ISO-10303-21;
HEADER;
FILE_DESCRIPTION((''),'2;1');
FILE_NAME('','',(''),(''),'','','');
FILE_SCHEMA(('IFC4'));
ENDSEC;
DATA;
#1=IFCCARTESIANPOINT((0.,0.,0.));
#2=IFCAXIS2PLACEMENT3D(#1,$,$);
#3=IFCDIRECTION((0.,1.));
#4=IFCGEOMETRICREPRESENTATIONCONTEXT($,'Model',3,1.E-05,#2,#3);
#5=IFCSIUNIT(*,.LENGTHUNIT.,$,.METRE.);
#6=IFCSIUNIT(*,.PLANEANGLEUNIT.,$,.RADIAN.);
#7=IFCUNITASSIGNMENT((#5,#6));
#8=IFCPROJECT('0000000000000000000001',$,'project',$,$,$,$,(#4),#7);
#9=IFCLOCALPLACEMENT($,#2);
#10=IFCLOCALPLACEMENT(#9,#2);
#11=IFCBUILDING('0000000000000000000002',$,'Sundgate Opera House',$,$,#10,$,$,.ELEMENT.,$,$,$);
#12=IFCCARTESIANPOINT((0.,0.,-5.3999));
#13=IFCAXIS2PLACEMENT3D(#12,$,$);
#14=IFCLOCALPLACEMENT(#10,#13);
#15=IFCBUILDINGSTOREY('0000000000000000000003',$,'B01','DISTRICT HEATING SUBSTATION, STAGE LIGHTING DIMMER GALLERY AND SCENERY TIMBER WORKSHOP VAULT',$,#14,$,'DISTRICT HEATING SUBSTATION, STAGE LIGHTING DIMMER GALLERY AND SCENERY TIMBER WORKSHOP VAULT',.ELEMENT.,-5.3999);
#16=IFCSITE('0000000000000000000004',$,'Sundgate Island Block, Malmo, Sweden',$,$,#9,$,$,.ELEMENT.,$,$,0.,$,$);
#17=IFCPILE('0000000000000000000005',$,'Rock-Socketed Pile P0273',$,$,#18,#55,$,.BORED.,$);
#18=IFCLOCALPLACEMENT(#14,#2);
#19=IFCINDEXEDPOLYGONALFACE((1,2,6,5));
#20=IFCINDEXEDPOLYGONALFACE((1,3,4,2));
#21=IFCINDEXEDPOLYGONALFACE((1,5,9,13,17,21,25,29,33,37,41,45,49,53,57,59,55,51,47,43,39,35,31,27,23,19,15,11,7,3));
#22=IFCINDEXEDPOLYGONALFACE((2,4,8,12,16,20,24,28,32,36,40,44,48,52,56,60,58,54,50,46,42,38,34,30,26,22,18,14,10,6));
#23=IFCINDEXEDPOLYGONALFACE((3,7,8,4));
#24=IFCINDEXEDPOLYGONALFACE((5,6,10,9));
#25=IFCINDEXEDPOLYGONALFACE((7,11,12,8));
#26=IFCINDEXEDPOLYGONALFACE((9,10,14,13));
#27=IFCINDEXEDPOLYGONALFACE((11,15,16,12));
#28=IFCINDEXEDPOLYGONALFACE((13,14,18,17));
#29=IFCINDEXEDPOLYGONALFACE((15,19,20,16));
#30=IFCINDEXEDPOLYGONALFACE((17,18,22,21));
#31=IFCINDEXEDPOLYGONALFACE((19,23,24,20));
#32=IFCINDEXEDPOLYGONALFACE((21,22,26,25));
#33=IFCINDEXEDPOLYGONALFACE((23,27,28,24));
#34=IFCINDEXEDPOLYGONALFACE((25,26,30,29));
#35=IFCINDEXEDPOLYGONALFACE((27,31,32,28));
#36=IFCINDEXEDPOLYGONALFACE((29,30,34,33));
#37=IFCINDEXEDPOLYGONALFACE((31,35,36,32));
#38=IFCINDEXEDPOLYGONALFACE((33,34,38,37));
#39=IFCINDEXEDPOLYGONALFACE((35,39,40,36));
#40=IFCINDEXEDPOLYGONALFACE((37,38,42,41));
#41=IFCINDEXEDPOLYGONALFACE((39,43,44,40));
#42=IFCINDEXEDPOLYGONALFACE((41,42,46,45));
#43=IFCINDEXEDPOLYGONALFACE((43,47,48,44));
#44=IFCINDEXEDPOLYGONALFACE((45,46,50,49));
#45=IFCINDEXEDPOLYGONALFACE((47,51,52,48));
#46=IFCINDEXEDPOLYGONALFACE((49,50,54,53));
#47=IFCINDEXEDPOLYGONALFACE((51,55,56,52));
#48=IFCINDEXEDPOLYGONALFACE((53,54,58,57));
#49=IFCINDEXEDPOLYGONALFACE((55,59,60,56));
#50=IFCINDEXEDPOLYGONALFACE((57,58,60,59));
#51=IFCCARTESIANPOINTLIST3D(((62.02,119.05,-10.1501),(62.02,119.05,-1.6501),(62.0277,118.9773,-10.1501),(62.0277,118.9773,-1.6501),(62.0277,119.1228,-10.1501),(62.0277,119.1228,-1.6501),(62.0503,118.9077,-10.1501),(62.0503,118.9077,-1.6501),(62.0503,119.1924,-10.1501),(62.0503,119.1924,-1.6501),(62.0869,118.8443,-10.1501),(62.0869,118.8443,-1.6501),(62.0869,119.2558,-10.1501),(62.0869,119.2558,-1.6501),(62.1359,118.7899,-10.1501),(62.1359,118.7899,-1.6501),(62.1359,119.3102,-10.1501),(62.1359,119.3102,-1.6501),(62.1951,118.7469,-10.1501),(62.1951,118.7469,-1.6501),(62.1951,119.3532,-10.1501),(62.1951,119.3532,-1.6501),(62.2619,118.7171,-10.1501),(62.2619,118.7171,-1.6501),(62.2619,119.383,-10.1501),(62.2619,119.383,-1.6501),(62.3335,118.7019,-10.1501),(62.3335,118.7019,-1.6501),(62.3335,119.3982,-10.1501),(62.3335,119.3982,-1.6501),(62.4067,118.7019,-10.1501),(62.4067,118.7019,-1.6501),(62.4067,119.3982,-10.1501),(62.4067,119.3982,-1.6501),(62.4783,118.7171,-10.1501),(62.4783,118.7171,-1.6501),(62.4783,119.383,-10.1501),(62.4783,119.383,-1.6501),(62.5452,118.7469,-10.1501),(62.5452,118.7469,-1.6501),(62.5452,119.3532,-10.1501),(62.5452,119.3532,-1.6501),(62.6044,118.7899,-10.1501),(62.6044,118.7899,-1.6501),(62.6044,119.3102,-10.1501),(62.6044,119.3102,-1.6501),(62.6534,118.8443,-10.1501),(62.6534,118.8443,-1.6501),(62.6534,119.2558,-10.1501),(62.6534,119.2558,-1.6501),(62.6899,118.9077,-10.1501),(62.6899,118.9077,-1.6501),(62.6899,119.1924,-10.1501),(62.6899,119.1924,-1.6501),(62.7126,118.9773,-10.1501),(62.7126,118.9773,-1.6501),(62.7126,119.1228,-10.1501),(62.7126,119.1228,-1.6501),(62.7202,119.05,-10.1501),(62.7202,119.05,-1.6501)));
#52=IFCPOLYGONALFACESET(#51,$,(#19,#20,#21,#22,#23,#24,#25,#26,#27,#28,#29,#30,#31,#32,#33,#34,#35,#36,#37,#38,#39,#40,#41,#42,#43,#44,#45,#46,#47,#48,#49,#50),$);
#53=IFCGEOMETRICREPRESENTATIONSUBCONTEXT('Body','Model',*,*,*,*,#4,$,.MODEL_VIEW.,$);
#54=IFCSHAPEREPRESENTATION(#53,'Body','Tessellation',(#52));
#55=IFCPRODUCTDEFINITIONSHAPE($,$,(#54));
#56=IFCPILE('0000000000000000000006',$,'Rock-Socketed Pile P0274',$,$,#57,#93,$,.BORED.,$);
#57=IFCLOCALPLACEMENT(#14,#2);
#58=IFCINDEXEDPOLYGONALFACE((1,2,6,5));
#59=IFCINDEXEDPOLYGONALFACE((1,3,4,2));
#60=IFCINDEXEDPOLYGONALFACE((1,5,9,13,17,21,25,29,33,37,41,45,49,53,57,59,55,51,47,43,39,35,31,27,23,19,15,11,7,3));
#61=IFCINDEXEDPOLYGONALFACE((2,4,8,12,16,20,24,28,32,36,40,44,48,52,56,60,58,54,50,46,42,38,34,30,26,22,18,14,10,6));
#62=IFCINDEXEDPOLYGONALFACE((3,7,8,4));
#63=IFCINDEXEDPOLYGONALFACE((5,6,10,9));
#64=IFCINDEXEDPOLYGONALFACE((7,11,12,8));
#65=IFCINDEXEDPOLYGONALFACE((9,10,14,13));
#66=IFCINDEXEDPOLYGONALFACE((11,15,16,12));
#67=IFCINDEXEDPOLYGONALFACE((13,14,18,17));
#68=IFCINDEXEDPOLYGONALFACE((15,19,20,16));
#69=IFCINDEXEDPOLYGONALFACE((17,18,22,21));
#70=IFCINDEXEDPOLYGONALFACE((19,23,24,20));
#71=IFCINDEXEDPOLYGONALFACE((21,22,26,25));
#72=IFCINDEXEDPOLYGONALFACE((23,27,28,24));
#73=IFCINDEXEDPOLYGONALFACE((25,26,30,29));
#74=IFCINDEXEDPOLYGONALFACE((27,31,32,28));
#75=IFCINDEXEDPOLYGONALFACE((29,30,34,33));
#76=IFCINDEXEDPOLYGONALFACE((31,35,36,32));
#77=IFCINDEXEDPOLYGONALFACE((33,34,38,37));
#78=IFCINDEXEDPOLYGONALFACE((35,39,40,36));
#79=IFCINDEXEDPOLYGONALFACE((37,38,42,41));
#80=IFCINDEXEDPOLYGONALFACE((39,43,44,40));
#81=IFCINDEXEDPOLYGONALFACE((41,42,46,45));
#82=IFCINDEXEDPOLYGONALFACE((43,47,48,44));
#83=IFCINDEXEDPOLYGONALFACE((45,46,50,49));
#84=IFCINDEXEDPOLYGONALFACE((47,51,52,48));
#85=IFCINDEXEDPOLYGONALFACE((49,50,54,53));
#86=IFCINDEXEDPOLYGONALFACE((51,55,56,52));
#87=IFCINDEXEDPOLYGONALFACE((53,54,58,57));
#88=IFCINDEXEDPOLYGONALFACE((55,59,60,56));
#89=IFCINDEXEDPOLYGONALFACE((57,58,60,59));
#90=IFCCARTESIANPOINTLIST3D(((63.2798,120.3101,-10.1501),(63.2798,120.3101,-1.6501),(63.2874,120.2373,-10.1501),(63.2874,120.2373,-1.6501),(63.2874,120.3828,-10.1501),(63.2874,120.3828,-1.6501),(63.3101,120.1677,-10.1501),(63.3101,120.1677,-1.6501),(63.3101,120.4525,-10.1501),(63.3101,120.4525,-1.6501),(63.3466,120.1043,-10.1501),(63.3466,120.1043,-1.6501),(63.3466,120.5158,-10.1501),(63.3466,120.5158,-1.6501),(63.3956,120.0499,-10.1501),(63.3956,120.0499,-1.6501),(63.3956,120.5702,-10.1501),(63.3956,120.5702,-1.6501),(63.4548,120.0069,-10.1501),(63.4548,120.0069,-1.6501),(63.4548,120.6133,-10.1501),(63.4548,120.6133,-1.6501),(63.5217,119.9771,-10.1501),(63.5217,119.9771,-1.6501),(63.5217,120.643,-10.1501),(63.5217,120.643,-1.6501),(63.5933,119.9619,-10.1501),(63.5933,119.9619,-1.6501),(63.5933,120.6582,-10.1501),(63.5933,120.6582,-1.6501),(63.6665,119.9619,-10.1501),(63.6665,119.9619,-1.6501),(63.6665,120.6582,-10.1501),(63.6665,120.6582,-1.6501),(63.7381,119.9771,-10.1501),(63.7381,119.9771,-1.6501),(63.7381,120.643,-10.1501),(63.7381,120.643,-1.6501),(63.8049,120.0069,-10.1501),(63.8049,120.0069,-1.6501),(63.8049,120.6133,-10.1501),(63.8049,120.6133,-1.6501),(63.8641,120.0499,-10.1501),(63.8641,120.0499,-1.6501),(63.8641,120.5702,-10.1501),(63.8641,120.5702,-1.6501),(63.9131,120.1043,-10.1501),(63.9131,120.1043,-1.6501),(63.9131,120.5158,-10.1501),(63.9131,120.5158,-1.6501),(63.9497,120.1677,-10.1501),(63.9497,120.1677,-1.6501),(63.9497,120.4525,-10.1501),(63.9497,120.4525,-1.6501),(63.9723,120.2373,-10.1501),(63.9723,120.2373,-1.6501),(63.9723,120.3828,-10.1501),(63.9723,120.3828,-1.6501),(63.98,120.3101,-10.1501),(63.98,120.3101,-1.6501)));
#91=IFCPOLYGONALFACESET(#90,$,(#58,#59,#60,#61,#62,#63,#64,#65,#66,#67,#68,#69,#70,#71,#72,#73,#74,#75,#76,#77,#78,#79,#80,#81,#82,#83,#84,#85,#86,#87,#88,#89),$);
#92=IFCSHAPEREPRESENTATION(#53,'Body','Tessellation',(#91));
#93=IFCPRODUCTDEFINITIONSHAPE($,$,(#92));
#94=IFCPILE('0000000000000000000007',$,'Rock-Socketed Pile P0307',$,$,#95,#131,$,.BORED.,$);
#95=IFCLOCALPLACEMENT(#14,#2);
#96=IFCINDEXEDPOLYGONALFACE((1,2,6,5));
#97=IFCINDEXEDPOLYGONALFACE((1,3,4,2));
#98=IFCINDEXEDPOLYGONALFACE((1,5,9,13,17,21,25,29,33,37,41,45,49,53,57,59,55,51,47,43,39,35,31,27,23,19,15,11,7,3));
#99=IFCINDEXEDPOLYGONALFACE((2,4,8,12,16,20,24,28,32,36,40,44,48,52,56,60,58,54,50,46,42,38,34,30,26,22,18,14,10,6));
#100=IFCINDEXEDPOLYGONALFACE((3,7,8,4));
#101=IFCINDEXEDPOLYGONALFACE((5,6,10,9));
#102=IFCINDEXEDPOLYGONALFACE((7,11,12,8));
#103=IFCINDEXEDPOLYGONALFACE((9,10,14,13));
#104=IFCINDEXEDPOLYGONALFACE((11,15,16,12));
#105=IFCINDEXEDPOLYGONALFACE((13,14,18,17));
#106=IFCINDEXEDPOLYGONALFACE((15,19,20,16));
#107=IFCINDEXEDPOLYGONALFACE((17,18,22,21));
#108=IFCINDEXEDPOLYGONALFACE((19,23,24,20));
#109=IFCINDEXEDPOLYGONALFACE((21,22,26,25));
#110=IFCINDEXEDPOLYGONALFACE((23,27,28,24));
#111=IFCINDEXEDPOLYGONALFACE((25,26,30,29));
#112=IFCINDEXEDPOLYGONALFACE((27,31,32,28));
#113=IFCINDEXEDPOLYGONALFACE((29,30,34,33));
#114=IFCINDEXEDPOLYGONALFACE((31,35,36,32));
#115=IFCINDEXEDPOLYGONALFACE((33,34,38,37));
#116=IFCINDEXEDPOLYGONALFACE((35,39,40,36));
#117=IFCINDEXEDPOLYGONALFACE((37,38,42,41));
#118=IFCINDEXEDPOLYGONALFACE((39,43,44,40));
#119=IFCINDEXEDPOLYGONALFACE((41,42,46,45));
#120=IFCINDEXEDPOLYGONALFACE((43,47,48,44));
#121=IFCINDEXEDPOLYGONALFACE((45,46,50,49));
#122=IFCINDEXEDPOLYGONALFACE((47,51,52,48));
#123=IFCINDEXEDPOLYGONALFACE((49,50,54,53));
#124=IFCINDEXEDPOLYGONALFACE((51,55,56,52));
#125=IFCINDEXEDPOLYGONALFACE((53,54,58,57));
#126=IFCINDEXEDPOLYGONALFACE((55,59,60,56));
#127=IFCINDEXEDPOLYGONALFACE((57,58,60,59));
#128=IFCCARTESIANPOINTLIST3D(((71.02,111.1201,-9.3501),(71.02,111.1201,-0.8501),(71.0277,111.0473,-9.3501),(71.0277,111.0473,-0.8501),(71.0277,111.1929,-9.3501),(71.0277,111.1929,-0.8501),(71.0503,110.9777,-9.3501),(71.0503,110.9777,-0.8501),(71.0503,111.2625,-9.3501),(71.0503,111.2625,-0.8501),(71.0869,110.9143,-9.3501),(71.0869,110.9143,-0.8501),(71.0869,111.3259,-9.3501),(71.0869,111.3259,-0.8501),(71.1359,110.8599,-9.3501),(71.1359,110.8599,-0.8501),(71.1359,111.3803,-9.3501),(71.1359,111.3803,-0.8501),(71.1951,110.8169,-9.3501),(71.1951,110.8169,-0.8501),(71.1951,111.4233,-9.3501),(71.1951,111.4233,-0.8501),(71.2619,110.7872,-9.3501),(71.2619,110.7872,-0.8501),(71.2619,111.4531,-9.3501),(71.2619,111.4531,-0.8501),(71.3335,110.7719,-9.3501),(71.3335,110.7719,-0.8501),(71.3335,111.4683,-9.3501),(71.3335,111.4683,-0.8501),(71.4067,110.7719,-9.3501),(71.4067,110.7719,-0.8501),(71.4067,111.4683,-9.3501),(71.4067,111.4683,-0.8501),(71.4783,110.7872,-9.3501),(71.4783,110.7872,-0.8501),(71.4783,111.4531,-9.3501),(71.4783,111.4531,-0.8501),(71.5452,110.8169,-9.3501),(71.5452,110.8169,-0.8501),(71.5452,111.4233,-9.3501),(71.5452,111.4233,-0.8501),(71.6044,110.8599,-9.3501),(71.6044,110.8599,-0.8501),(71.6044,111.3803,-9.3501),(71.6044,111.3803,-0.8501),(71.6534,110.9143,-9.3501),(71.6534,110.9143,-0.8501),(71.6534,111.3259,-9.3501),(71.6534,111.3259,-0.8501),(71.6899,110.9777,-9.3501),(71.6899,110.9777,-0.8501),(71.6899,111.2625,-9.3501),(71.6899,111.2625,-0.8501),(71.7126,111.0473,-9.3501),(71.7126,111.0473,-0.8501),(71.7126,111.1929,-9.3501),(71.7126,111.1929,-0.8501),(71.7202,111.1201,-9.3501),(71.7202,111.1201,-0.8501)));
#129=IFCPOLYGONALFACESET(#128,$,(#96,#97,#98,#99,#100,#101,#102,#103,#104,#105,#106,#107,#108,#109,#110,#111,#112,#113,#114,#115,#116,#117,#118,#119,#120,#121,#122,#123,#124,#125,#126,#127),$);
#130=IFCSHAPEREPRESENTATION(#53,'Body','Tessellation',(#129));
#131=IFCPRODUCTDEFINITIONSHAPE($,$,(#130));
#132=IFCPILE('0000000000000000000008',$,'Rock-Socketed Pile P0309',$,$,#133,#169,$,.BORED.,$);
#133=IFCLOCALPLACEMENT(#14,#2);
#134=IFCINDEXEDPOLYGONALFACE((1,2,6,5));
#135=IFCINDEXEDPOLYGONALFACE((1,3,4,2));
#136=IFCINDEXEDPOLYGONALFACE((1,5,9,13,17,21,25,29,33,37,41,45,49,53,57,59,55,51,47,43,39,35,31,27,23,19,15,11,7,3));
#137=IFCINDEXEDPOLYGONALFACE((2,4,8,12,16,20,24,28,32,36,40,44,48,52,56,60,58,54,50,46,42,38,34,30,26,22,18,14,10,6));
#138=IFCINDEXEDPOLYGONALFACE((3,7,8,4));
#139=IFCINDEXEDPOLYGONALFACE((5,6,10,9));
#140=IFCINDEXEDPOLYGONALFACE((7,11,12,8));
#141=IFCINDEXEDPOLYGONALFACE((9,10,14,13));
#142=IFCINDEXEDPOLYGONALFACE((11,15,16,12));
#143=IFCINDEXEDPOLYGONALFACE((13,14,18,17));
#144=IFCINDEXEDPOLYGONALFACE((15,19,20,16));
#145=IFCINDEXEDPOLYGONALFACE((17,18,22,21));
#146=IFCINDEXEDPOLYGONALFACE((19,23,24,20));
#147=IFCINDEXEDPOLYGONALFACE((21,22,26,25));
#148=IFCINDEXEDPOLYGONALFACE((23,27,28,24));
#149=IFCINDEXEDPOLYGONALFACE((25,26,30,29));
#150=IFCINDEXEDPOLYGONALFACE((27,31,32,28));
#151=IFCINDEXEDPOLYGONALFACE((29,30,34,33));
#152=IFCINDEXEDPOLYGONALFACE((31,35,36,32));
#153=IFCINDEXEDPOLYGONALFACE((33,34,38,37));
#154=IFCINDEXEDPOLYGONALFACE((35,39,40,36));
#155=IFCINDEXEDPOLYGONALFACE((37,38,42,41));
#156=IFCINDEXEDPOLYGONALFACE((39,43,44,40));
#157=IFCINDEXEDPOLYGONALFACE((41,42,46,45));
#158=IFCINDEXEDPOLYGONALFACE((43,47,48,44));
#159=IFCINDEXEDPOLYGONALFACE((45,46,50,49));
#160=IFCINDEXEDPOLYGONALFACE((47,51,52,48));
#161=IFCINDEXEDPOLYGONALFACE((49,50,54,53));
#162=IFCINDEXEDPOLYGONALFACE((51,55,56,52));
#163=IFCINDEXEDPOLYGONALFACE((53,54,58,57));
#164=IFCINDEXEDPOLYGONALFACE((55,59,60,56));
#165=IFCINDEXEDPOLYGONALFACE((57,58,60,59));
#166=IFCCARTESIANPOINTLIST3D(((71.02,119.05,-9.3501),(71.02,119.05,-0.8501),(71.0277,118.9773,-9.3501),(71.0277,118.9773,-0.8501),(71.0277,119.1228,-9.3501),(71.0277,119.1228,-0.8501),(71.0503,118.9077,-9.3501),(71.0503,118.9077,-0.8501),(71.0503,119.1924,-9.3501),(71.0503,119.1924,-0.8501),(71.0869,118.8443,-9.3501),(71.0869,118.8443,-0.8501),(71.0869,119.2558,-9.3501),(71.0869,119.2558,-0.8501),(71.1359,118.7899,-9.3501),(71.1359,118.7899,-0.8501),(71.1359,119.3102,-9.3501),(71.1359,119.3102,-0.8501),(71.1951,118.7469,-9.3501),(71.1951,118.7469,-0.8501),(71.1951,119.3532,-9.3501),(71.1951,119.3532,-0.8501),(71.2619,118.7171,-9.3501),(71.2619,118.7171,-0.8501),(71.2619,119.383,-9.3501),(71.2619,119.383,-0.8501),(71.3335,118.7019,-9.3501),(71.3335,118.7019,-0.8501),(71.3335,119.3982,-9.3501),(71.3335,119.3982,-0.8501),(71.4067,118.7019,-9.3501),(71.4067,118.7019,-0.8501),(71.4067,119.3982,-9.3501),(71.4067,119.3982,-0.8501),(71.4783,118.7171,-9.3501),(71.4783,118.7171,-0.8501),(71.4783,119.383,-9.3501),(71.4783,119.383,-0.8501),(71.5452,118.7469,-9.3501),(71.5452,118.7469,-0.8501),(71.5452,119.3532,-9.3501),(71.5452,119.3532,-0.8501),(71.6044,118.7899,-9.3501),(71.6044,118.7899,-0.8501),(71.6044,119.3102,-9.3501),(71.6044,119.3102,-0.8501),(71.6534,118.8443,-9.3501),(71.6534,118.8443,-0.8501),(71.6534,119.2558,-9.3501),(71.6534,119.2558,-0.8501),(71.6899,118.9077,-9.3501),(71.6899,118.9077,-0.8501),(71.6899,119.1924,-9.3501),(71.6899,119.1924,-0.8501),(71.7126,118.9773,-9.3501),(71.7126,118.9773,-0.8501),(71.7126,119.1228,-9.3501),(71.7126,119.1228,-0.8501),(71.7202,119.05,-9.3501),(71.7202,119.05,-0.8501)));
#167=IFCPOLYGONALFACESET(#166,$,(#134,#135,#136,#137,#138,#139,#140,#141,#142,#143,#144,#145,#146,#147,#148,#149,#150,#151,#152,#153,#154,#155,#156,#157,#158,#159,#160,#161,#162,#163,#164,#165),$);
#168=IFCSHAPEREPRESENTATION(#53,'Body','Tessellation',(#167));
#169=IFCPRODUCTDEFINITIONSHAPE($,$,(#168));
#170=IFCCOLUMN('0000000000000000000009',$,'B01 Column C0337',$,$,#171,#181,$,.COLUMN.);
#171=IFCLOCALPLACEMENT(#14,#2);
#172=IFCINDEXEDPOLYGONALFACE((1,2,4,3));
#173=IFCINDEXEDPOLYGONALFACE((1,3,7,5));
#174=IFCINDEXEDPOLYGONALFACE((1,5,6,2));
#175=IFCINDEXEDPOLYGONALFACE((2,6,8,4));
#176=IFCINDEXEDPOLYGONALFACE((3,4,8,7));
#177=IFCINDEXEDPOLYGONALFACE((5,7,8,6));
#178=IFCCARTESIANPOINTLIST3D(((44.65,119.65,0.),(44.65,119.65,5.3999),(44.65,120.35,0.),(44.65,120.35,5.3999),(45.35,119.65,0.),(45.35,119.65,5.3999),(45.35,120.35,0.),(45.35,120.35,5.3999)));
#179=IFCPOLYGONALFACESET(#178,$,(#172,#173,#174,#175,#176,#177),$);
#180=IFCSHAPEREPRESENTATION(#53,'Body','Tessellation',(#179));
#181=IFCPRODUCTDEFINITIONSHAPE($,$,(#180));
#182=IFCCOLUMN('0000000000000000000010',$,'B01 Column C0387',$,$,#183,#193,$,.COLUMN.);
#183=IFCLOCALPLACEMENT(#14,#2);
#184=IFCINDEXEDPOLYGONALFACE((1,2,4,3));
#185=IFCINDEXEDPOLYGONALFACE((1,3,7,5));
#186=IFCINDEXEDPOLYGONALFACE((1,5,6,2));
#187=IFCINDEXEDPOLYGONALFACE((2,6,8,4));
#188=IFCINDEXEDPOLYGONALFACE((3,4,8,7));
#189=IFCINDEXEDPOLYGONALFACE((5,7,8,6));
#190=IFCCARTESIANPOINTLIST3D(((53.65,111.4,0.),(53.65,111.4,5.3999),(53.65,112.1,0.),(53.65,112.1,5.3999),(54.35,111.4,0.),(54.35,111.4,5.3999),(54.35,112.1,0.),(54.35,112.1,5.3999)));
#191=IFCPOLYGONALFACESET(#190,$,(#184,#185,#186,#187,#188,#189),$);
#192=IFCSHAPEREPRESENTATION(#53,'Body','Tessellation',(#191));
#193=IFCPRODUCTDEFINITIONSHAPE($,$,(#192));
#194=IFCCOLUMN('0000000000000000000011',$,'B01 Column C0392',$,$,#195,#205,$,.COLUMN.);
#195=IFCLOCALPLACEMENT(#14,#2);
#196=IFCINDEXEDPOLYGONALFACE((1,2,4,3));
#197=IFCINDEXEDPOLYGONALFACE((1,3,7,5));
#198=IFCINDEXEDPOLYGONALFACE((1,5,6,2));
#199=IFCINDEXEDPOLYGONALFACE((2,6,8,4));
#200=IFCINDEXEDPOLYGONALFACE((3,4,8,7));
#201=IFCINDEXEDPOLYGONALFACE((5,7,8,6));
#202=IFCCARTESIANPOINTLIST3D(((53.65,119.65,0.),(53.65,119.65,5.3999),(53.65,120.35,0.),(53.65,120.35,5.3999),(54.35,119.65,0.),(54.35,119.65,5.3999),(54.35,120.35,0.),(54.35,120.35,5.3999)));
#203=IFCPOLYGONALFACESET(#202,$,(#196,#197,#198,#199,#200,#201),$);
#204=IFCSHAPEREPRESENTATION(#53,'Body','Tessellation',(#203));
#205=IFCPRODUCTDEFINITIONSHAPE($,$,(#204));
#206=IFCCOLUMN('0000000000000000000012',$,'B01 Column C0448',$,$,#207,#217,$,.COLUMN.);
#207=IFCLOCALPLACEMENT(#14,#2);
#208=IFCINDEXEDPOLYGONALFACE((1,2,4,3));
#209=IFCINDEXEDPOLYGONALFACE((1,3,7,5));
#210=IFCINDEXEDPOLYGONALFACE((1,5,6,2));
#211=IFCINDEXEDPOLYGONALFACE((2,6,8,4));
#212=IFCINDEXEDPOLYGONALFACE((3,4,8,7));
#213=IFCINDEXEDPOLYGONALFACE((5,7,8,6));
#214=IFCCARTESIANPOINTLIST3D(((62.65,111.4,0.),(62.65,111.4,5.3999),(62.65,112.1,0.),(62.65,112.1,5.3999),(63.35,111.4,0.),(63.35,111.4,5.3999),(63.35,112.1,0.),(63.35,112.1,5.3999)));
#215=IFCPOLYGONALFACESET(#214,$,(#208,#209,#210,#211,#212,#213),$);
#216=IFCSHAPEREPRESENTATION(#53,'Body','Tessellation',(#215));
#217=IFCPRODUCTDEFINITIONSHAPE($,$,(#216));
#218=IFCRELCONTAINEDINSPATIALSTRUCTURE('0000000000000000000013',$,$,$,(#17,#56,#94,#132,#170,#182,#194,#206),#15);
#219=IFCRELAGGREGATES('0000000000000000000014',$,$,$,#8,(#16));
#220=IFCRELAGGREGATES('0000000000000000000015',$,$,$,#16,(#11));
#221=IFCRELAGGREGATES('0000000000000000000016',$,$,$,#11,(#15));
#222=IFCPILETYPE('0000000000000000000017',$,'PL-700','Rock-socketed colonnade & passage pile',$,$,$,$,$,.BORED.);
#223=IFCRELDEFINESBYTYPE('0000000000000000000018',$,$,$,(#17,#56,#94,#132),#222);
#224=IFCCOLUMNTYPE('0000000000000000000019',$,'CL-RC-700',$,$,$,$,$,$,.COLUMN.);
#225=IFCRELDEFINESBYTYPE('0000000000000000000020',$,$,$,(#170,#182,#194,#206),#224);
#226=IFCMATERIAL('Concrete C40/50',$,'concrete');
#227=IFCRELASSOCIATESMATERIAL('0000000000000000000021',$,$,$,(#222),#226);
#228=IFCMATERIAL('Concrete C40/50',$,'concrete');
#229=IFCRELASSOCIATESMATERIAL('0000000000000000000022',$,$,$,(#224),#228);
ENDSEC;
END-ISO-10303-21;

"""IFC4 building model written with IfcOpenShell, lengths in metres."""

from ifc_helpers import new_model, si_unit, direction, frame, origin, origin_2d, place, context, subcontext, project, spatial, rectangle, circle, extrude, material, material_profile, profile_set, type_object, element, save


model = new_model("IFC4")

# Units and contexts
model_context = context("Model", 3, precision=1e-05, world=origin(), true_north=direction((0.0, 1.0)))
body_context = subcontext(model_context, "Body", "Model", "MODEL_VIEW")
ifc_project = project(units=[si_unit("LENGTHUNIT", "METRE"), si_unit("PLANEANGLEUNIT", "RADIAN")], contexts=[model_context])

# Site, building, storey
site_placement = place(None, origin())
site = spatial("IfcSite", under=ifc_project, at=site_placement, Name="Sundgate Island Block, Malmo, Sweden", CompositionType="ELEMENT", RefElevation=0.0)
building_placement = place(site_placement, origin())
building = spatial("IfcBuilding", under=site, at=building_placement, Name="Sundgate Opera House", CompositionType="ELEMENT")
storey_placement = place(building_placement, frame((0.0, 0.0, -5.3999)))
storey = spatial("IfcBuildingStorey", under=building, at=storey_placement, Name="B01", Description="DISTRICT HEATING SUBSTATION, STAGE LIGHTING DIMMER GALLERY AND SCENERY TIMBER WORKSHOP VAULT", LongName="DISTRICT HEATING SUBSTATION, STAGE LIGHTING DIMMER GALLERY AND SCENERY TIMBER WORKSHOP VAULT", CompositionType="ELEMENT", Elevation=-5.3999)

# Piles
ifc_material_1 = material(Name="Concrete C40/50", Category="concrete")
ifc_material_profile_1 = material_profile(ifc_material_1, circle(Radius=0.3501, at=origin_2d()), Name="PILE D700")
ifc_profile_set_1 = profile_set([ifc_material_profile_1], Name="Concrete C40/50")
pile_type = type_object("IfcPileType", Name="PL-700", Description="Rock-socketed colonnade & passage pile", PredefinedType="BORED", material=ifc_profile_set_1)
for number, where, z_axis, x_axis, name in (
    (1, (62.3701, 119.05, -1.6501), (0.0, 0.0, -1.0), (1.0, 0.0, 0.0), "Rock-Socketed Pile P0273"),
    (2, (63.6299, 120.3101, -1.6501), (0.0, 0.0, -1.0), (1.0, 0.0, 0.0), "Rock-Socketed Pile P0274"),
    (3, (71.3701, 111.1201, -0.8501), (0.0, 0.0, -1.0), (1.0, 0.0, 0.0), "Rock-Socketed Pile P0307"),
    (4, (71.3701, 119.05, -0.8501), (0.0, 0.0, -1.0), (1.0, 0.0, 0.0), "Rock-Socketed Pile P0309"),
):
    element("IfcPile", number, at=place(storey_placement, frame(where, z_axis=z_axis, x_axis=x_axis)), inside=storey, type_object=pile_type, Name=name, PredefinedType="BORED", context=body_context, shape_type="SweptSolid", body=[
        extrude(circle(Radius=0.3501, at=origin_2d()), origin(), (0.0, 0.0, 1.0), 8.5),
    ])

# Columns
ifc_material_2 = material(Name="Concrete C40/50", Category="concrete")
ifc_material_profile_2 = material_profile(ifc_material_2, rectangle(XDim=0.7, YDim=0.7, at=origin_2d()), Name="RC 700x700")
ifc_profile_set_2 = profile_set([ifc_material_profile_2], Name="Concrete C40/50")
column_type = type_object("IfcColumnType", Name="CL-RC-700", PredefinedType="COLUMN", material=ifc_profile_set_2)
for number, where, z_axis, x_axis, name in (
    (5, (45.0, 120.0, 0.0), (0.0, 0.0, 1.0), (1.0, 0.0, 0.0), "B01 Column C0337"),
    (6, (54.0, 111.75, 0.0), (0.0, 0.0, 1.0), (1.0, 0.0, 0.0), "B01 Column C0387"),
    (7, (54.0, 120.0, 0.0), (0.0, 0.0, 1.0), (1.0, 0.0, 0.0), "B01 Column C0392"),
    (8, (63.0, 111.75, 0.0), (0.0, 0.0, 1.0), (1.0, 0.0, 0.0), "B01 Column C0448"),
):
    element("IfcColumn", number, at=place(storey_placement, frame(where, z_axis=z_axis, x_axis=x_axis)), inside=storey, type_object=column_type, Name=name, PredefinedType="COLUMN", context=body_context, shape_type="SweptSolid", body=[
        extrude(rectangle(XDim=0.7, YDim=0.7, at=origin_2d()), origin(), (0.0, 0.0, 1.0), 5.3999),
    ])

save(model, "model.ifc")
